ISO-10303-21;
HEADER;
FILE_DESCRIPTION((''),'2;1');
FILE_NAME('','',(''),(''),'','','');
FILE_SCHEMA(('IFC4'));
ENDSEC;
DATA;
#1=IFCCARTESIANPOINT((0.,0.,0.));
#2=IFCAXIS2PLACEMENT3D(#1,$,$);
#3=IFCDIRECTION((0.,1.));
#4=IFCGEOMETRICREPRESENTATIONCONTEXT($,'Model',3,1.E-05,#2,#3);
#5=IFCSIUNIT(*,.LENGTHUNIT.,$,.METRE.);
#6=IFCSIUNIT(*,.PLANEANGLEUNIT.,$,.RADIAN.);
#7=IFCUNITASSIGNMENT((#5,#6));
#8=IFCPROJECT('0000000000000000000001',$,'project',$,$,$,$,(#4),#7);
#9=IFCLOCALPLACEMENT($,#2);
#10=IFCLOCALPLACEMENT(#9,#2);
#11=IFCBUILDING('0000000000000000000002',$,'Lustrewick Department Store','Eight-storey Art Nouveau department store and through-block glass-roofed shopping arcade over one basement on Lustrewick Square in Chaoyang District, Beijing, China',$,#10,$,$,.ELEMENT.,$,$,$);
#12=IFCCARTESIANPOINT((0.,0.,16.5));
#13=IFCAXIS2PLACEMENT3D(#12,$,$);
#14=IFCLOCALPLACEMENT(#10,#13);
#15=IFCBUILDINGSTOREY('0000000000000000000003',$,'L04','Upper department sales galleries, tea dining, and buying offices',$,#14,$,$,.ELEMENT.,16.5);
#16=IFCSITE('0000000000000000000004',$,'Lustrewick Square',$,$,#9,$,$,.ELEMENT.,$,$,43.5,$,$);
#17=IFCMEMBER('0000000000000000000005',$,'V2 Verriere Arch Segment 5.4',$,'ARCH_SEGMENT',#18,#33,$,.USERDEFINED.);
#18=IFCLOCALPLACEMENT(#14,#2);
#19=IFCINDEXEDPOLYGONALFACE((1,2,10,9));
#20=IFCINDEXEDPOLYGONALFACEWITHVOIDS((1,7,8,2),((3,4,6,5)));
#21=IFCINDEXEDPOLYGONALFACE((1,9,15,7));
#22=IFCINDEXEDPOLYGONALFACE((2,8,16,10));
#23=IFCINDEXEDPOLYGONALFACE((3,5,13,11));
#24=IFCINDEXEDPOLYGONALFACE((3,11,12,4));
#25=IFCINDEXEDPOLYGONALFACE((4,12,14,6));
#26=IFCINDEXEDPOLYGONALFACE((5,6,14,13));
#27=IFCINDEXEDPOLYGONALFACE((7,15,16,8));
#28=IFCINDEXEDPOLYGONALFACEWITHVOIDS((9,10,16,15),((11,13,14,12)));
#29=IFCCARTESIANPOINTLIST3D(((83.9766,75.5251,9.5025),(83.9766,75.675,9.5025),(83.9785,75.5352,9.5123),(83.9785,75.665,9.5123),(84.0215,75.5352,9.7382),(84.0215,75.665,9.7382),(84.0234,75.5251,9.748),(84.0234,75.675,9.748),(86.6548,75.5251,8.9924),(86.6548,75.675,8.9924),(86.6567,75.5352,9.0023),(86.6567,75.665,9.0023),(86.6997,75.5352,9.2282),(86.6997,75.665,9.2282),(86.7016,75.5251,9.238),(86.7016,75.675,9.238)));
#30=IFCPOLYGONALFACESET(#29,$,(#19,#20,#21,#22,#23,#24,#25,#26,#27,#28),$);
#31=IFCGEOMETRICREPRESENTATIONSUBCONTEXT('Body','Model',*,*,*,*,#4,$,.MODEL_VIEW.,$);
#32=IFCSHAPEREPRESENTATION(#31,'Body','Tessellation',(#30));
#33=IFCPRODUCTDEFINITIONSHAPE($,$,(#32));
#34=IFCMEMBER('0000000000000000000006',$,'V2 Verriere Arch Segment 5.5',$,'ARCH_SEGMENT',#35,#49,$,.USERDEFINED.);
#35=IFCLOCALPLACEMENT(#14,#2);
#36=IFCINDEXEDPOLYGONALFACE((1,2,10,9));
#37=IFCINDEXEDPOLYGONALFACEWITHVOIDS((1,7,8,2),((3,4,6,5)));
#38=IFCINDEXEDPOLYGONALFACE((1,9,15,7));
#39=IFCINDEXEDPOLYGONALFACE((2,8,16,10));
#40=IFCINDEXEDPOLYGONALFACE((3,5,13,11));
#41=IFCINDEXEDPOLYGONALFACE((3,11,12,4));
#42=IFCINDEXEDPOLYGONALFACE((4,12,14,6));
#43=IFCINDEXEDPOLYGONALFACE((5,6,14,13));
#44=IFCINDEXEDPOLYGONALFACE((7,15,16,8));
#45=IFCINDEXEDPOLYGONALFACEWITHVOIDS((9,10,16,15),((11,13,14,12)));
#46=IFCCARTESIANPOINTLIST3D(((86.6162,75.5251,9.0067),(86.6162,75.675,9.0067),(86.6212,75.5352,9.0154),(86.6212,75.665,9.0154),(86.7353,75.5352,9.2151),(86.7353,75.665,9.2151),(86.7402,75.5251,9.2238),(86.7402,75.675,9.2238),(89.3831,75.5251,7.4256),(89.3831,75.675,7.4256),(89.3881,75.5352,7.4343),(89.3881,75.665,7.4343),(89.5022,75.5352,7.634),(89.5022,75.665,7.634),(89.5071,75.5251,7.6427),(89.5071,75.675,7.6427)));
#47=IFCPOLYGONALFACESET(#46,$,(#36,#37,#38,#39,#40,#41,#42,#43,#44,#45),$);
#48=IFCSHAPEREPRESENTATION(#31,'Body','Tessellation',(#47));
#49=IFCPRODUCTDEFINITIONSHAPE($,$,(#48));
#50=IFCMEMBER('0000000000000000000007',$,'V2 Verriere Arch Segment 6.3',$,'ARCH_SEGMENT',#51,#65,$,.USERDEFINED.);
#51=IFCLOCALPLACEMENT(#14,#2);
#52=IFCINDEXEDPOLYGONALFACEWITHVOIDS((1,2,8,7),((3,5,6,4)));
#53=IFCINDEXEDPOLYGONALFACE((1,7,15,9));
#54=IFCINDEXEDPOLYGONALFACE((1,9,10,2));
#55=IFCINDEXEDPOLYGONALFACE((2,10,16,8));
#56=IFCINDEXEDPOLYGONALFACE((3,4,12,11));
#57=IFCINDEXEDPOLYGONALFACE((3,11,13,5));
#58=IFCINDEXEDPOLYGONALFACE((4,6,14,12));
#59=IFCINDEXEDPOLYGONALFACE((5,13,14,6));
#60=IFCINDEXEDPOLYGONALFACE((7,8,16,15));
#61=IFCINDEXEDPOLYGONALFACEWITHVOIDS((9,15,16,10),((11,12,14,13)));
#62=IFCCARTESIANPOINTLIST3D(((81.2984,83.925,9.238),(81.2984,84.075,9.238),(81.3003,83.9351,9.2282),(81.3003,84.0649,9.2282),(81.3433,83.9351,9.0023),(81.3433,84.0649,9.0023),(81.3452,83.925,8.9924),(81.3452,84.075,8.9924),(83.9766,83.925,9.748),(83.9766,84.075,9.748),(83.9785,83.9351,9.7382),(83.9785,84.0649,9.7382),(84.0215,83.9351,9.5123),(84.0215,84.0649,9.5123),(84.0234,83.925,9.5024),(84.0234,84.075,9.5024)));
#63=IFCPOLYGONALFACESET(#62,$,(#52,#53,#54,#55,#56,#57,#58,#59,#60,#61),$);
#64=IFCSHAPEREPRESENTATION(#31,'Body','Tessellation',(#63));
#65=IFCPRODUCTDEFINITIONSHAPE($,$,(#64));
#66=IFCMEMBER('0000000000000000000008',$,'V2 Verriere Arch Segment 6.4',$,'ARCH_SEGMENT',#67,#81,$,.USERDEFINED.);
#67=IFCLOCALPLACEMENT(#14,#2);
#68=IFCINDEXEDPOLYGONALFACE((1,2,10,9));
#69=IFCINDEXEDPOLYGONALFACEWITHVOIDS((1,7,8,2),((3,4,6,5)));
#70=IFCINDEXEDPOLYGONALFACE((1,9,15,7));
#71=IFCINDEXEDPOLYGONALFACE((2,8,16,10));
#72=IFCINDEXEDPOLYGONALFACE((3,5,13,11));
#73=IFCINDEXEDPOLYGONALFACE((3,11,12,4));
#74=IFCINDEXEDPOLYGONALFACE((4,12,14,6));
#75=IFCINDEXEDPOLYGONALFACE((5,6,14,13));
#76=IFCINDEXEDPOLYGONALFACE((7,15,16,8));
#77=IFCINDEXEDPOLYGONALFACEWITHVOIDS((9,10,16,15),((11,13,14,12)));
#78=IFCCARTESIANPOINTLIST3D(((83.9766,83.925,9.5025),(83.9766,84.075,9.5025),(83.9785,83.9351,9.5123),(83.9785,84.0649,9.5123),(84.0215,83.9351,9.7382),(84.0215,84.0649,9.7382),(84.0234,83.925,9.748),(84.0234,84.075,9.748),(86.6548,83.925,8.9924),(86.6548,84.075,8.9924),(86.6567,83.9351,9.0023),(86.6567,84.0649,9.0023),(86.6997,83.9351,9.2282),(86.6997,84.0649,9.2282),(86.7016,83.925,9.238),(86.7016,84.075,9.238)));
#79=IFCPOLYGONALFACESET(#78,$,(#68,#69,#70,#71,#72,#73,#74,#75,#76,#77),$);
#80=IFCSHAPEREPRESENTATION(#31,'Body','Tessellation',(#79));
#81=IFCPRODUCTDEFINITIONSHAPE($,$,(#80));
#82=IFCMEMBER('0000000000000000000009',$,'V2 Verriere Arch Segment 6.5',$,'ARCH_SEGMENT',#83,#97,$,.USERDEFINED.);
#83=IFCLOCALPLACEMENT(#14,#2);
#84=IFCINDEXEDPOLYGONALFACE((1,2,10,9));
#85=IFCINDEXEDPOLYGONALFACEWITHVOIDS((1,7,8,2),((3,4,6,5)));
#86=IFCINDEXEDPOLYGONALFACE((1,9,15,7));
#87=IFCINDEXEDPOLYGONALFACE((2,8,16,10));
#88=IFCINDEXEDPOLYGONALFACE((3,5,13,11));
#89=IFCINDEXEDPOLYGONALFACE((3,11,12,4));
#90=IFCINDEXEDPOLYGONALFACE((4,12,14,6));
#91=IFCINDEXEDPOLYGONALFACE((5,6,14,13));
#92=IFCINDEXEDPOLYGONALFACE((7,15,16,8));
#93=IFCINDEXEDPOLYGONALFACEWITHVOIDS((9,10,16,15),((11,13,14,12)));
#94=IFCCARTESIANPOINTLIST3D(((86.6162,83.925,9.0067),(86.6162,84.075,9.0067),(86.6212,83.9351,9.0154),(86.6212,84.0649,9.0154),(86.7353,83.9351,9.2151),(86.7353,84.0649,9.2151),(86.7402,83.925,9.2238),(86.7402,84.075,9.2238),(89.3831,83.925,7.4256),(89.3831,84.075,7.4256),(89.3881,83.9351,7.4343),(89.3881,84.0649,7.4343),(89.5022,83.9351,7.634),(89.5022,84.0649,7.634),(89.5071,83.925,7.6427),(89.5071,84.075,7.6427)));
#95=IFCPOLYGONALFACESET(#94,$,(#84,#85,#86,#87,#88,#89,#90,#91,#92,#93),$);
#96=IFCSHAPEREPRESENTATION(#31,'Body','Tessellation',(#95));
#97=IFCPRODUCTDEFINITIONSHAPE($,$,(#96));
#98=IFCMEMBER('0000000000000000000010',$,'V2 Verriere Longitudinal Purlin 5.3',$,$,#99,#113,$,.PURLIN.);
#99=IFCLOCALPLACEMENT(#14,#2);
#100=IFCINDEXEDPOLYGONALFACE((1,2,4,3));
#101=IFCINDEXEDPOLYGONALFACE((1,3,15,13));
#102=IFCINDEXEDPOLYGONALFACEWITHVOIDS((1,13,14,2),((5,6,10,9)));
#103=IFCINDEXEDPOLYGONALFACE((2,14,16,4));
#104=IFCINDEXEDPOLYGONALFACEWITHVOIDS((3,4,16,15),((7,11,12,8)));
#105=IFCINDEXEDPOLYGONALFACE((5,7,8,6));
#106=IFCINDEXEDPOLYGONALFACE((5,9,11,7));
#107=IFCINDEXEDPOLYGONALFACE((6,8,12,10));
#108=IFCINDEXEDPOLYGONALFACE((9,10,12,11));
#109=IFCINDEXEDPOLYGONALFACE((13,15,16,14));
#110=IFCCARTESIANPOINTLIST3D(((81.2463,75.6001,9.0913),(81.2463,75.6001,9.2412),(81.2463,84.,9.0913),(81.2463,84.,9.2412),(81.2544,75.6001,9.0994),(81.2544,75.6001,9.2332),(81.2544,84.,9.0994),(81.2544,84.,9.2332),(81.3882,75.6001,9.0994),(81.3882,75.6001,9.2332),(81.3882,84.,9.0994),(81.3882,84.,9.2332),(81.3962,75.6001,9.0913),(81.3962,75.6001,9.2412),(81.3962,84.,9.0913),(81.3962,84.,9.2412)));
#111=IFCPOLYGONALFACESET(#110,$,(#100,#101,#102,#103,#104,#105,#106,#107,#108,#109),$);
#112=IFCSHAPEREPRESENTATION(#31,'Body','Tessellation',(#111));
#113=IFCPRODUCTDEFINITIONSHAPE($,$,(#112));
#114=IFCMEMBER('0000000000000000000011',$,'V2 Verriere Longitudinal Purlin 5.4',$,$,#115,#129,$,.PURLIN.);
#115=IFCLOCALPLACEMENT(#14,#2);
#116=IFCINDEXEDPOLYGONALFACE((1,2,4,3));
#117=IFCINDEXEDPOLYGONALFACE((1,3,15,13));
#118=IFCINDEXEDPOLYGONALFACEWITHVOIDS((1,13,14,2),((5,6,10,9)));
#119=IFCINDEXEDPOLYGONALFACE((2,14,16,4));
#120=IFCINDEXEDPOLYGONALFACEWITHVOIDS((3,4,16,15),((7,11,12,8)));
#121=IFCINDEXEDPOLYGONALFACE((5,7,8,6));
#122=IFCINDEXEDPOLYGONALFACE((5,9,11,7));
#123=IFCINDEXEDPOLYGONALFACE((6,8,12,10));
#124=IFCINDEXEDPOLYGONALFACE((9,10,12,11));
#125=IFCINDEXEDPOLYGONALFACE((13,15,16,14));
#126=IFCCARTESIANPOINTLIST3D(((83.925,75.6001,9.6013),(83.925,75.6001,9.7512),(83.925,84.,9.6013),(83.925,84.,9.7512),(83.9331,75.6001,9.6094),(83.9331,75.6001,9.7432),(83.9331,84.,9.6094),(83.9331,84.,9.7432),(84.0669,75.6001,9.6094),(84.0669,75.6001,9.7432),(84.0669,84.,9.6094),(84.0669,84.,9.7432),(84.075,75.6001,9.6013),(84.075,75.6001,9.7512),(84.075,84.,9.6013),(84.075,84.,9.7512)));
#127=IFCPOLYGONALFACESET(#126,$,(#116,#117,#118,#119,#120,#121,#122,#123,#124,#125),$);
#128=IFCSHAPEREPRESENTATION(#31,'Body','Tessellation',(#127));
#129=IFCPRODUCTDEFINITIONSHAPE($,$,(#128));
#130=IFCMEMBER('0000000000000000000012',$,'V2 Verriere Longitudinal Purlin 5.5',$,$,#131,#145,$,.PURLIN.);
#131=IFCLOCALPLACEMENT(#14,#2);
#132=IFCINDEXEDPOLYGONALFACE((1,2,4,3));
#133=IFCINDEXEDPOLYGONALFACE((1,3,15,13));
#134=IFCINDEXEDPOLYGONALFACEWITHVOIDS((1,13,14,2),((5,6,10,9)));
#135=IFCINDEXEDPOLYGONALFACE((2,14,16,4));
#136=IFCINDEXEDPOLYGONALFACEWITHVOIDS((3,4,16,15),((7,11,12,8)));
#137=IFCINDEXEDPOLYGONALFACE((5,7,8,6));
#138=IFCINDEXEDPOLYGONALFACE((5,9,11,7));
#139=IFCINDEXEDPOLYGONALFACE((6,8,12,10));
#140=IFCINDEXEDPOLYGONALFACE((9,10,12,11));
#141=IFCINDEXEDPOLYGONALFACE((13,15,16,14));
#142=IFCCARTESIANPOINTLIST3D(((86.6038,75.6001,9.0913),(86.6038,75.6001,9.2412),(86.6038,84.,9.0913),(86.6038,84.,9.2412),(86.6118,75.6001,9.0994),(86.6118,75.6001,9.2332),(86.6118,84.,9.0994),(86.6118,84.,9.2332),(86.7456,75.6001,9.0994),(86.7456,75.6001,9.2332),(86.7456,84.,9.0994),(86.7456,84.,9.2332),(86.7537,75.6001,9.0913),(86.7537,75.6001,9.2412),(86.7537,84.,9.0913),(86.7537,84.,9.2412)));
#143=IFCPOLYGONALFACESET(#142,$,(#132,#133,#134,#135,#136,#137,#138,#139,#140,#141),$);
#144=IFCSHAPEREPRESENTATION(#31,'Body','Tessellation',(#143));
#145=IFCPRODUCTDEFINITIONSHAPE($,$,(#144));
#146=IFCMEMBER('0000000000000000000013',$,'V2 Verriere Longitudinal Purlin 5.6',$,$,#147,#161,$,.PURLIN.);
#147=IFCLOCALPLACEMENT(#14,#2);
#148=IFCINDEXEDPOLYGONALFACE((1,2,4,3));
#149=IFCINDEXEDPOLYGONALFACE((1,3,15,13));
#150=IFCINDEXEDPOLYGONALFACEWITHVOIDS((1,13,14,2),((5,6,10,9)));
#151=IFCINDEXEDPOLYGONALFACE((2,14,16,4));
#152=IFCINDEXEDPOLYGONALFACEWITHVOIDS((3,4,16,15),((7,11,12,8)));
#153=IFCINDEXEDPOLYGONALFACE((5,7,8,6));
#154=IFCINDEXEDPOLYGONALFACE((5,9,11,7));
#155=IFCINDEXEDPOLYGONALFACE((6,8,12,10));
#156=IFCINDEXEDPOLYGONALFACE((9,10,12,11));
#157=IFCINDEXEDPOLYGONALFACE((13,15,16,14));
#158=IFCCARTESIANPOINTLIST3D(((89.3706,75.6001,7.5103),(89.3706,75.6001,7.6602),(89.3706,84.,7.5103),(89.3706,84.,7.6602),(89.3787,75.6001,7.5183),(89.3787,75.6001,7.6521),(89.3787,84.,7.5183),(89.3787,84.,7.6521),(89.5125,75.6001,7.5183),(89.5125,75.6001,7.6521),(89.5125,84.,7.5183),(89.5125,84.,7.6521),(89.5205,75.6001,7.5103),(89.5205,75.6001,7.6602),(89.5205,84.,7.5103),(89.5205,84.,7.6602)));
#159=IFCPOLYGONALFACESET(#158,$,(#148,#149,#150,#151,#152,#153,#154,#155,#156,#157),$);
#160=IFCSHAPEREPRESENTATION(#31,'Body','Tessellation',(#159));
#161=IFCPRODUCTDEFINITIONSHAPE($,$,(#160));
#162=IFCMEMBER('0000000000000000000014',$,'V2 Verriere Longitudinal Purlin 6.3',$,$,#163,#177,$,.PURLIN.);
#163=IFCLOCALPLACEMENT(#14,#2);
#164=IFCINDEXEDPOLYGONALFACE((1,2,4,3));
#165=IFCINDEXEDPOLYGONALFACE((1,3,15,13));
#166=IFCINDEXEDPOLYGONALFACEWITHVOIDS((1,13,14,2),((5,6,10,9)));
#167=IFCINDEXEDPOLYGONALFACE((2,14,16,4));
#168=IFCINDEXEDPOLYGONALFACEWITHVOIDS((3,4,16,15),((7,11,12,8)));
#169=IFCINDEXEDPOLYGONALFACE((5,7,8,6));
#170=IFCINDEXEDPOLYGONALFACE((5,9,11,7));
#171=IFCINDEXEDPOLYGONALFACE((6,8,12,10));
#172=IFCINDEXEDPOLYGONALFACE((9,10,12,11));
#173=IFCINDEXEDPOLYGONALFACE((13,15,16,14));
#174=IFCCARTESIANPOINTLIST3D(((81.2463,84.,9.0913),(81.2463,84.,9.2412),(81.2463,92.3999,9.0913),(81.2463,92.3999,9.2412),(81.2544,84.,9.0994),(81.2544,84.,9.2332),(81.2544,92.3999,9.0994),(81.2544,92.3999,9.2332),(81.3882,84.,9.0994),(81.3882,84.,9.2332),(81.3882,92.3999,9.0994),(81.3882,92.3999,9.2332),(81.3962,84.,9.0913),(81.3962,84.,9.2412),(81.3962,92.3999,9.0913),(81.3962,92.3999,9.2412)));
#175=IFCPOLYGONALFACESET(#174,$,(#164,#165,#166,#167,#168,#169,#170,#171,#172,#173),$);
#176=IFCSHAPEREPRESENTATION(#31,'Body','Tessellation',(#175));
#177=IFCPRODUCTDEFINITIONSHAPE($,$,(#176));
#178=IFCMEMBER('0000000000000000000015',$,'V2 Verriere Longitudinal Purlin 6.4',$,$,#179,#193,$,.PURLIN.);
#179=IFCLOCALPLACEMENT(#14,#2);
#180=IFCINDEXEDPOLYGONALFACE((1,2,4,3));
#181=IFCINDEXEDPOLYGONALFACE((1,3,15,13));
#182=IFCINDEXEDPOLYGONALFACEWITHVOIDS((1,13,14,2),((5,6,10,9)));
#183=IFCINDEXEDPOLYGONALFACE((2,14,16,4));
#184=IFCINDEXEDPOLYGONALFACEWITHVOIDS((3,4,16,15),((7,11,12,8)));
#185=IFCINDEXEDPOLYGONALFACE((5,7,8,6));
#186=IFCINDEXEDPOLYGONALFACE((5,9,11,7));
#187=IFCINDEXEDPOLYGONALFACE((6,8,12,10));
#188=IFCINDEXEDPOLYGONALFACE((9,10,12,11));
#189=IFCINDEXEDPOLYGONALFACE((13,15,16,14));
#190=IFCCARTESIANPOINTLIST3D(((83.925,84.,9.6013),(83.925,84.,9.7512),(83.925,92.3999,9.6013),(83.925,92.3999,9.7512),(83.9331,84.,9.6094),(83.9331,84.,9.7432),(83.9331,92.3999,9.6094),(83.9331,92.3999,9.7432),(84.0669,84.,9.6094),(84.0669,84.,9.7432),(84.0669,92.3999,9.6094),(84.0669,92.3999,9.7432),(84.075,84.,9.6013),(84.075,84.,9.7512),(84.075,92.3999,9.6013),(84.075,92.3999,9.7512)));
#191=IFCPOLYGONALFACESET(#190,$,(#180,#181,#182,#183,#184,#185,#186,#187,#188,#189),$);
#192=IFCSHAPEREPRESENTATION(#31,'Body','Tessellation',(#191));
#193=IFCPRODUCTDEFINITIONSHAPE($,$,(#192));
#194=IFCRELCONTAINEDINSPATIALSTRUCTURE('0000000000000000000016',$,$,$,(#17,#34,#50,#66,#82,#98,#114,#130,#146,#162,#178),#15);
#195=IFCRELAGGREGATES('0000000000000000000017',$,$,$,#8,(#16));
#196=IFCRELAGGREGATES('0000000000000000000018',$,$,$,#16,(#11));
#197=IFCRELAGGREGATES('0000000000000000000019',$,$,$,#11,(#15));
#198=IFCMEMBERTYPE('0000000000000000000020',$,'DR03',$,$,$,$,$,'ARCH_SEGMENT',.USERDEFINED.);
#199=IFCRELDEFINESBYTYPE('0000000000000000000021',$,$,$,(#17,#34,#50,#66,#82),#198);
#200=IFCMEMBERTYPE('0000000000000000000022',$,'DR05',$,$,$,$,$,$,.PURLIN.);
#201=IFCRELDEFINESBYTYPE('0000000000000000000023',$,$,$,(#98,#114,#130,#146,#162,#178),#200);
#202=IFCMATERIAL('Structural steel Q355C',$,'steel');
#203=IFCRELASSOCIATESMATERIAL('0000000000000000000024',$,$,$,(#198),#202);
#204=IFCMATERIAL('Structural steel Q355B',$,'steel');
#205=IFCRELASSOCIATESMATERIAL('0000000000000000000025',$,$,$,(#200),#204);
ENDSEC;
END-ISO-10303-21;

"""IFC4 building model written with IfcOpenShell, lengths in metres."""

from ifc_helpers import new_model, si_unit, direction, frame, origin, origin_2d, place, context, subcontext, project, spatial, hollow_rectangle, extrude, material, material_profile, profile_set, type_object, element, save


model = new_model("IFC4")

# Units and contexts
model_context = context("Model", 3, precision=1e-05, world=origin(), true_north=direction((0.0, 1.0)))
body_context = subcontext(model_context, "Body", "Model", "MODEL_VIEW")
ifc_project = project(units=[si_unit("LENGTHUNIT", "METRE"), si_unit("PLANEANGLEUNIT", "RADIAN")], contexts=[model_context])

# Site, building, storey
site_placement = place(None, origin())
site = spatial("IfcSite", under=ifc_project, at=site_placement, Name="Lustrewick Square", CompositionType="ELEMENT", RefElevation=43.5)
building_placement = place(site_placement, origin())
building = spatial("IfcBuilding", under=site, at=building_placement, Name="Lustrewick Department Store", Description="Eight-storey Art Nouveau department store and through-block glass-roofed shopping arcade over one basement on Lustrewick Square in Chaoyang District, Beijing, China", CompositionType="ELEMENT")
storey_placement = place(building_placement, frame((0.0, 0.0, 16.5)))
storey = spatial("IfcBuildingStorey", under=building, at=storey_placement, Name="L04", Description="Upper department sales galleries, tea dining, and buying offices", CompositionType="ELEMENT", Elevation=16.5)

# Shared definitions
ifc_material_1 = material(Name="Structural steel Q355B", Category="steel")

# Members
ifc_material_2 = material(Name="Structural steel Q355C", Category="steel")
ifc_material_profile_1 = material_profile(ifc_material_2, hollow_rectangle(XDim=0.1499, YDim=0.25, WallThickness=0.01, at=origin_2d()), Name="RHS 250x150x10")
ifc_profile_set_1 = profile_set([ifc_material_profile_1], Name="Structural steel Q355C")
member_type_1 = type_object("IfcMemberType", Name="DR03", ElementType="ARCH_SEGMENT", PredefinedType="USERDEFINED", material=ifc_profile_set_1)
for number, where, z_axis, x_axis, name in (
    (1, (84.0, 75.6001, 9.6252), (0.982347, 0.0, -0.187067), (0.0, 1.0, 0.0), "V2 Verriere Arch Segment 5.4"),
):
    element("IfcMember", number, at=place(storey_placement, frame(where, z_axis=z_axis, x_axis=x_axis)), inside=storey, type_object=member_type_1, Name=name, ObjectType="ARCH_SEGMENT", PredefinedType="USERDEFINED", context=body_context, shape_type="SweptSolid", body=[
        extrude(hollow_rectangle(XDim=0.1499, YDim=0.25, WallThickness=0.01, at=origin_2d()), origin(), (0.0, 0.0, 1.0), 2.7263),
    ])
member_1_placement = place(storey_placement, frame((86.6782, 75.6001, 9.1152), z_axis=(0.868243, 0.0, -0.496139), x_axis=(0.0, 1.0, 0.0)))
element("IfcMember", 2, at=member_1_placement, inside=storey, type_object=member_type_1, Name="V2 Verriere Arch Segment 5.5", ObjectType="ARCH_SEGMENT", PredefinedType="USERDEFINED", context=body_context, shape_type="SweptSolid", body=[
    extrude(hollow_rectangle(XDim=0.1499, YDim=0.25, WallThickness=0.01, at=origin_2d()), origin(), (0.0, 0.0, 1.0), 3.1868),
])
for number, where, z_axis, x_axis, name in (
    (3, (81.3218, 84.0, 9.1152), (0.982347, 0.0, 0.187067), (0.0, 1.0, 0.0), "V2 Verriere Arch Segment 6.3"),
    (4, (84.0, 84.0, 9.6252), (0.982347, 0.0, -0.187067), (0.0, 1.0, 0.0), "V2 Verriere Arch Segment 6.4"),
):
    element("IfcMember", number, at=place(storey_placement, frame(where, z_axis=z_axis, x_axis=x_axis)), inside=storey, type_object=member_type_1, Name=name, ObjectType="ARCH_SEGMENT", PredefinedType="USERDEFINED", context=body_context, shape_type="SweptSolid", body=[
        extrude(hollow_rectangle(XDim=0.1499, YDim=0.25, WallThickness=0.01, at=origin_2d()), origin(), (0.0, 0.0, 1.0), 2.7263),
    ])
member_2_placement = place(storey_placement, frame((86.6782, 84.0, 9.1152), z_axis=(0.868243, 0.0, -0.496139), x_axis=(0.0, 1.0, 0.0)))
element("IfcMember", 5, at=member_2_placement, inside=storey, type_object=member_type_1, Name="V2 Verriere Arch Segment 6.5", ObjectType="ARCH_SEGMENT", PredefinedType="USERDEFINED", context=body_context, shape_type="SweptSolid", body=[
    extrude(hollow_rectangle(XDim=0.1499, YDim=0.25, WallThickness=0.01, at=origin_2d()), origin(), (0.0, 0.0, 1.0), 3.1868),
])
ifc_material_profile_2 = material_profile(ifc_material_1, hollow_rectangle(XDim=0.1499, YDim=0.1499, WallThickness=0.0081, at=origin_2d()), Name="SHS 150x150x8")
ifc_profile_set_2 = profile_set([ifc_material_profile_2], Name="Structural steel Q355B")
member_type_2 = type_object("IfcMemberType", Name="DR05", PredefinedType="PURLIN", material=ifc_profile_set_2)
for number, where, z_axis, x_axis, name in (
    (6, (81.3213, 75.6001, 9.1663), (0.0, 1.0, 0.0), (-1.0, 0.0, 0.0), "V2 Verriere Longitudinal Purlin 5.3"),
    (7, (84.0, 75.6001, 9.6763), (0.0, 1.0, 0.0), (-1.0, 0.0, 0.0), "V2 Verriere Longitudinal Purlin 5.4"),
    (8, (86.6787, 75.6001, 9.1663), (0.0, 1.0, 0.0), (-1.0, 0.0, 0.0), "V2 Verriere Longitudinal Purlin 5.5"),
    (9, (89.4456, 75.6001, 7.5852), (0.0, 1.0, 0.0), (-1.0, 0.0, 0.0), "V2 Verriere Longitudinal Purlin 5.6"),
    (10, (81.3213, 84.0, 9.1663), (0.0, 1.0, 0.0), (-1.0, 0.0, 0.0), "V2 Verriere Longitudinal Purlin 6.3"),
    (11, (84.0, 84.0, 9.6763), (0.0, 1.0, 0.0), (-1.0, 0.0, 0.0), "V2 Verriere Longitudinal Purlin 6.4"),
):
    element("IfcMember", number, at=place(storey_placement, frame(where, z_axis=z_axis, x_axis=x_axis)), inside=storey, type_object=member_type_2, Name=name, PredefinedType="PURLIN", context=body_context, shape_type="SweptSolid", body=[
        extrude(hollow_rectangle(XDim=0.1499, YDim=0.1499, WallThickness=0.0081, at=origin_2d()), origin(), (0.0, 0.0, 1.0), 8.3999),
    ])

save(model, "model.ifc")
